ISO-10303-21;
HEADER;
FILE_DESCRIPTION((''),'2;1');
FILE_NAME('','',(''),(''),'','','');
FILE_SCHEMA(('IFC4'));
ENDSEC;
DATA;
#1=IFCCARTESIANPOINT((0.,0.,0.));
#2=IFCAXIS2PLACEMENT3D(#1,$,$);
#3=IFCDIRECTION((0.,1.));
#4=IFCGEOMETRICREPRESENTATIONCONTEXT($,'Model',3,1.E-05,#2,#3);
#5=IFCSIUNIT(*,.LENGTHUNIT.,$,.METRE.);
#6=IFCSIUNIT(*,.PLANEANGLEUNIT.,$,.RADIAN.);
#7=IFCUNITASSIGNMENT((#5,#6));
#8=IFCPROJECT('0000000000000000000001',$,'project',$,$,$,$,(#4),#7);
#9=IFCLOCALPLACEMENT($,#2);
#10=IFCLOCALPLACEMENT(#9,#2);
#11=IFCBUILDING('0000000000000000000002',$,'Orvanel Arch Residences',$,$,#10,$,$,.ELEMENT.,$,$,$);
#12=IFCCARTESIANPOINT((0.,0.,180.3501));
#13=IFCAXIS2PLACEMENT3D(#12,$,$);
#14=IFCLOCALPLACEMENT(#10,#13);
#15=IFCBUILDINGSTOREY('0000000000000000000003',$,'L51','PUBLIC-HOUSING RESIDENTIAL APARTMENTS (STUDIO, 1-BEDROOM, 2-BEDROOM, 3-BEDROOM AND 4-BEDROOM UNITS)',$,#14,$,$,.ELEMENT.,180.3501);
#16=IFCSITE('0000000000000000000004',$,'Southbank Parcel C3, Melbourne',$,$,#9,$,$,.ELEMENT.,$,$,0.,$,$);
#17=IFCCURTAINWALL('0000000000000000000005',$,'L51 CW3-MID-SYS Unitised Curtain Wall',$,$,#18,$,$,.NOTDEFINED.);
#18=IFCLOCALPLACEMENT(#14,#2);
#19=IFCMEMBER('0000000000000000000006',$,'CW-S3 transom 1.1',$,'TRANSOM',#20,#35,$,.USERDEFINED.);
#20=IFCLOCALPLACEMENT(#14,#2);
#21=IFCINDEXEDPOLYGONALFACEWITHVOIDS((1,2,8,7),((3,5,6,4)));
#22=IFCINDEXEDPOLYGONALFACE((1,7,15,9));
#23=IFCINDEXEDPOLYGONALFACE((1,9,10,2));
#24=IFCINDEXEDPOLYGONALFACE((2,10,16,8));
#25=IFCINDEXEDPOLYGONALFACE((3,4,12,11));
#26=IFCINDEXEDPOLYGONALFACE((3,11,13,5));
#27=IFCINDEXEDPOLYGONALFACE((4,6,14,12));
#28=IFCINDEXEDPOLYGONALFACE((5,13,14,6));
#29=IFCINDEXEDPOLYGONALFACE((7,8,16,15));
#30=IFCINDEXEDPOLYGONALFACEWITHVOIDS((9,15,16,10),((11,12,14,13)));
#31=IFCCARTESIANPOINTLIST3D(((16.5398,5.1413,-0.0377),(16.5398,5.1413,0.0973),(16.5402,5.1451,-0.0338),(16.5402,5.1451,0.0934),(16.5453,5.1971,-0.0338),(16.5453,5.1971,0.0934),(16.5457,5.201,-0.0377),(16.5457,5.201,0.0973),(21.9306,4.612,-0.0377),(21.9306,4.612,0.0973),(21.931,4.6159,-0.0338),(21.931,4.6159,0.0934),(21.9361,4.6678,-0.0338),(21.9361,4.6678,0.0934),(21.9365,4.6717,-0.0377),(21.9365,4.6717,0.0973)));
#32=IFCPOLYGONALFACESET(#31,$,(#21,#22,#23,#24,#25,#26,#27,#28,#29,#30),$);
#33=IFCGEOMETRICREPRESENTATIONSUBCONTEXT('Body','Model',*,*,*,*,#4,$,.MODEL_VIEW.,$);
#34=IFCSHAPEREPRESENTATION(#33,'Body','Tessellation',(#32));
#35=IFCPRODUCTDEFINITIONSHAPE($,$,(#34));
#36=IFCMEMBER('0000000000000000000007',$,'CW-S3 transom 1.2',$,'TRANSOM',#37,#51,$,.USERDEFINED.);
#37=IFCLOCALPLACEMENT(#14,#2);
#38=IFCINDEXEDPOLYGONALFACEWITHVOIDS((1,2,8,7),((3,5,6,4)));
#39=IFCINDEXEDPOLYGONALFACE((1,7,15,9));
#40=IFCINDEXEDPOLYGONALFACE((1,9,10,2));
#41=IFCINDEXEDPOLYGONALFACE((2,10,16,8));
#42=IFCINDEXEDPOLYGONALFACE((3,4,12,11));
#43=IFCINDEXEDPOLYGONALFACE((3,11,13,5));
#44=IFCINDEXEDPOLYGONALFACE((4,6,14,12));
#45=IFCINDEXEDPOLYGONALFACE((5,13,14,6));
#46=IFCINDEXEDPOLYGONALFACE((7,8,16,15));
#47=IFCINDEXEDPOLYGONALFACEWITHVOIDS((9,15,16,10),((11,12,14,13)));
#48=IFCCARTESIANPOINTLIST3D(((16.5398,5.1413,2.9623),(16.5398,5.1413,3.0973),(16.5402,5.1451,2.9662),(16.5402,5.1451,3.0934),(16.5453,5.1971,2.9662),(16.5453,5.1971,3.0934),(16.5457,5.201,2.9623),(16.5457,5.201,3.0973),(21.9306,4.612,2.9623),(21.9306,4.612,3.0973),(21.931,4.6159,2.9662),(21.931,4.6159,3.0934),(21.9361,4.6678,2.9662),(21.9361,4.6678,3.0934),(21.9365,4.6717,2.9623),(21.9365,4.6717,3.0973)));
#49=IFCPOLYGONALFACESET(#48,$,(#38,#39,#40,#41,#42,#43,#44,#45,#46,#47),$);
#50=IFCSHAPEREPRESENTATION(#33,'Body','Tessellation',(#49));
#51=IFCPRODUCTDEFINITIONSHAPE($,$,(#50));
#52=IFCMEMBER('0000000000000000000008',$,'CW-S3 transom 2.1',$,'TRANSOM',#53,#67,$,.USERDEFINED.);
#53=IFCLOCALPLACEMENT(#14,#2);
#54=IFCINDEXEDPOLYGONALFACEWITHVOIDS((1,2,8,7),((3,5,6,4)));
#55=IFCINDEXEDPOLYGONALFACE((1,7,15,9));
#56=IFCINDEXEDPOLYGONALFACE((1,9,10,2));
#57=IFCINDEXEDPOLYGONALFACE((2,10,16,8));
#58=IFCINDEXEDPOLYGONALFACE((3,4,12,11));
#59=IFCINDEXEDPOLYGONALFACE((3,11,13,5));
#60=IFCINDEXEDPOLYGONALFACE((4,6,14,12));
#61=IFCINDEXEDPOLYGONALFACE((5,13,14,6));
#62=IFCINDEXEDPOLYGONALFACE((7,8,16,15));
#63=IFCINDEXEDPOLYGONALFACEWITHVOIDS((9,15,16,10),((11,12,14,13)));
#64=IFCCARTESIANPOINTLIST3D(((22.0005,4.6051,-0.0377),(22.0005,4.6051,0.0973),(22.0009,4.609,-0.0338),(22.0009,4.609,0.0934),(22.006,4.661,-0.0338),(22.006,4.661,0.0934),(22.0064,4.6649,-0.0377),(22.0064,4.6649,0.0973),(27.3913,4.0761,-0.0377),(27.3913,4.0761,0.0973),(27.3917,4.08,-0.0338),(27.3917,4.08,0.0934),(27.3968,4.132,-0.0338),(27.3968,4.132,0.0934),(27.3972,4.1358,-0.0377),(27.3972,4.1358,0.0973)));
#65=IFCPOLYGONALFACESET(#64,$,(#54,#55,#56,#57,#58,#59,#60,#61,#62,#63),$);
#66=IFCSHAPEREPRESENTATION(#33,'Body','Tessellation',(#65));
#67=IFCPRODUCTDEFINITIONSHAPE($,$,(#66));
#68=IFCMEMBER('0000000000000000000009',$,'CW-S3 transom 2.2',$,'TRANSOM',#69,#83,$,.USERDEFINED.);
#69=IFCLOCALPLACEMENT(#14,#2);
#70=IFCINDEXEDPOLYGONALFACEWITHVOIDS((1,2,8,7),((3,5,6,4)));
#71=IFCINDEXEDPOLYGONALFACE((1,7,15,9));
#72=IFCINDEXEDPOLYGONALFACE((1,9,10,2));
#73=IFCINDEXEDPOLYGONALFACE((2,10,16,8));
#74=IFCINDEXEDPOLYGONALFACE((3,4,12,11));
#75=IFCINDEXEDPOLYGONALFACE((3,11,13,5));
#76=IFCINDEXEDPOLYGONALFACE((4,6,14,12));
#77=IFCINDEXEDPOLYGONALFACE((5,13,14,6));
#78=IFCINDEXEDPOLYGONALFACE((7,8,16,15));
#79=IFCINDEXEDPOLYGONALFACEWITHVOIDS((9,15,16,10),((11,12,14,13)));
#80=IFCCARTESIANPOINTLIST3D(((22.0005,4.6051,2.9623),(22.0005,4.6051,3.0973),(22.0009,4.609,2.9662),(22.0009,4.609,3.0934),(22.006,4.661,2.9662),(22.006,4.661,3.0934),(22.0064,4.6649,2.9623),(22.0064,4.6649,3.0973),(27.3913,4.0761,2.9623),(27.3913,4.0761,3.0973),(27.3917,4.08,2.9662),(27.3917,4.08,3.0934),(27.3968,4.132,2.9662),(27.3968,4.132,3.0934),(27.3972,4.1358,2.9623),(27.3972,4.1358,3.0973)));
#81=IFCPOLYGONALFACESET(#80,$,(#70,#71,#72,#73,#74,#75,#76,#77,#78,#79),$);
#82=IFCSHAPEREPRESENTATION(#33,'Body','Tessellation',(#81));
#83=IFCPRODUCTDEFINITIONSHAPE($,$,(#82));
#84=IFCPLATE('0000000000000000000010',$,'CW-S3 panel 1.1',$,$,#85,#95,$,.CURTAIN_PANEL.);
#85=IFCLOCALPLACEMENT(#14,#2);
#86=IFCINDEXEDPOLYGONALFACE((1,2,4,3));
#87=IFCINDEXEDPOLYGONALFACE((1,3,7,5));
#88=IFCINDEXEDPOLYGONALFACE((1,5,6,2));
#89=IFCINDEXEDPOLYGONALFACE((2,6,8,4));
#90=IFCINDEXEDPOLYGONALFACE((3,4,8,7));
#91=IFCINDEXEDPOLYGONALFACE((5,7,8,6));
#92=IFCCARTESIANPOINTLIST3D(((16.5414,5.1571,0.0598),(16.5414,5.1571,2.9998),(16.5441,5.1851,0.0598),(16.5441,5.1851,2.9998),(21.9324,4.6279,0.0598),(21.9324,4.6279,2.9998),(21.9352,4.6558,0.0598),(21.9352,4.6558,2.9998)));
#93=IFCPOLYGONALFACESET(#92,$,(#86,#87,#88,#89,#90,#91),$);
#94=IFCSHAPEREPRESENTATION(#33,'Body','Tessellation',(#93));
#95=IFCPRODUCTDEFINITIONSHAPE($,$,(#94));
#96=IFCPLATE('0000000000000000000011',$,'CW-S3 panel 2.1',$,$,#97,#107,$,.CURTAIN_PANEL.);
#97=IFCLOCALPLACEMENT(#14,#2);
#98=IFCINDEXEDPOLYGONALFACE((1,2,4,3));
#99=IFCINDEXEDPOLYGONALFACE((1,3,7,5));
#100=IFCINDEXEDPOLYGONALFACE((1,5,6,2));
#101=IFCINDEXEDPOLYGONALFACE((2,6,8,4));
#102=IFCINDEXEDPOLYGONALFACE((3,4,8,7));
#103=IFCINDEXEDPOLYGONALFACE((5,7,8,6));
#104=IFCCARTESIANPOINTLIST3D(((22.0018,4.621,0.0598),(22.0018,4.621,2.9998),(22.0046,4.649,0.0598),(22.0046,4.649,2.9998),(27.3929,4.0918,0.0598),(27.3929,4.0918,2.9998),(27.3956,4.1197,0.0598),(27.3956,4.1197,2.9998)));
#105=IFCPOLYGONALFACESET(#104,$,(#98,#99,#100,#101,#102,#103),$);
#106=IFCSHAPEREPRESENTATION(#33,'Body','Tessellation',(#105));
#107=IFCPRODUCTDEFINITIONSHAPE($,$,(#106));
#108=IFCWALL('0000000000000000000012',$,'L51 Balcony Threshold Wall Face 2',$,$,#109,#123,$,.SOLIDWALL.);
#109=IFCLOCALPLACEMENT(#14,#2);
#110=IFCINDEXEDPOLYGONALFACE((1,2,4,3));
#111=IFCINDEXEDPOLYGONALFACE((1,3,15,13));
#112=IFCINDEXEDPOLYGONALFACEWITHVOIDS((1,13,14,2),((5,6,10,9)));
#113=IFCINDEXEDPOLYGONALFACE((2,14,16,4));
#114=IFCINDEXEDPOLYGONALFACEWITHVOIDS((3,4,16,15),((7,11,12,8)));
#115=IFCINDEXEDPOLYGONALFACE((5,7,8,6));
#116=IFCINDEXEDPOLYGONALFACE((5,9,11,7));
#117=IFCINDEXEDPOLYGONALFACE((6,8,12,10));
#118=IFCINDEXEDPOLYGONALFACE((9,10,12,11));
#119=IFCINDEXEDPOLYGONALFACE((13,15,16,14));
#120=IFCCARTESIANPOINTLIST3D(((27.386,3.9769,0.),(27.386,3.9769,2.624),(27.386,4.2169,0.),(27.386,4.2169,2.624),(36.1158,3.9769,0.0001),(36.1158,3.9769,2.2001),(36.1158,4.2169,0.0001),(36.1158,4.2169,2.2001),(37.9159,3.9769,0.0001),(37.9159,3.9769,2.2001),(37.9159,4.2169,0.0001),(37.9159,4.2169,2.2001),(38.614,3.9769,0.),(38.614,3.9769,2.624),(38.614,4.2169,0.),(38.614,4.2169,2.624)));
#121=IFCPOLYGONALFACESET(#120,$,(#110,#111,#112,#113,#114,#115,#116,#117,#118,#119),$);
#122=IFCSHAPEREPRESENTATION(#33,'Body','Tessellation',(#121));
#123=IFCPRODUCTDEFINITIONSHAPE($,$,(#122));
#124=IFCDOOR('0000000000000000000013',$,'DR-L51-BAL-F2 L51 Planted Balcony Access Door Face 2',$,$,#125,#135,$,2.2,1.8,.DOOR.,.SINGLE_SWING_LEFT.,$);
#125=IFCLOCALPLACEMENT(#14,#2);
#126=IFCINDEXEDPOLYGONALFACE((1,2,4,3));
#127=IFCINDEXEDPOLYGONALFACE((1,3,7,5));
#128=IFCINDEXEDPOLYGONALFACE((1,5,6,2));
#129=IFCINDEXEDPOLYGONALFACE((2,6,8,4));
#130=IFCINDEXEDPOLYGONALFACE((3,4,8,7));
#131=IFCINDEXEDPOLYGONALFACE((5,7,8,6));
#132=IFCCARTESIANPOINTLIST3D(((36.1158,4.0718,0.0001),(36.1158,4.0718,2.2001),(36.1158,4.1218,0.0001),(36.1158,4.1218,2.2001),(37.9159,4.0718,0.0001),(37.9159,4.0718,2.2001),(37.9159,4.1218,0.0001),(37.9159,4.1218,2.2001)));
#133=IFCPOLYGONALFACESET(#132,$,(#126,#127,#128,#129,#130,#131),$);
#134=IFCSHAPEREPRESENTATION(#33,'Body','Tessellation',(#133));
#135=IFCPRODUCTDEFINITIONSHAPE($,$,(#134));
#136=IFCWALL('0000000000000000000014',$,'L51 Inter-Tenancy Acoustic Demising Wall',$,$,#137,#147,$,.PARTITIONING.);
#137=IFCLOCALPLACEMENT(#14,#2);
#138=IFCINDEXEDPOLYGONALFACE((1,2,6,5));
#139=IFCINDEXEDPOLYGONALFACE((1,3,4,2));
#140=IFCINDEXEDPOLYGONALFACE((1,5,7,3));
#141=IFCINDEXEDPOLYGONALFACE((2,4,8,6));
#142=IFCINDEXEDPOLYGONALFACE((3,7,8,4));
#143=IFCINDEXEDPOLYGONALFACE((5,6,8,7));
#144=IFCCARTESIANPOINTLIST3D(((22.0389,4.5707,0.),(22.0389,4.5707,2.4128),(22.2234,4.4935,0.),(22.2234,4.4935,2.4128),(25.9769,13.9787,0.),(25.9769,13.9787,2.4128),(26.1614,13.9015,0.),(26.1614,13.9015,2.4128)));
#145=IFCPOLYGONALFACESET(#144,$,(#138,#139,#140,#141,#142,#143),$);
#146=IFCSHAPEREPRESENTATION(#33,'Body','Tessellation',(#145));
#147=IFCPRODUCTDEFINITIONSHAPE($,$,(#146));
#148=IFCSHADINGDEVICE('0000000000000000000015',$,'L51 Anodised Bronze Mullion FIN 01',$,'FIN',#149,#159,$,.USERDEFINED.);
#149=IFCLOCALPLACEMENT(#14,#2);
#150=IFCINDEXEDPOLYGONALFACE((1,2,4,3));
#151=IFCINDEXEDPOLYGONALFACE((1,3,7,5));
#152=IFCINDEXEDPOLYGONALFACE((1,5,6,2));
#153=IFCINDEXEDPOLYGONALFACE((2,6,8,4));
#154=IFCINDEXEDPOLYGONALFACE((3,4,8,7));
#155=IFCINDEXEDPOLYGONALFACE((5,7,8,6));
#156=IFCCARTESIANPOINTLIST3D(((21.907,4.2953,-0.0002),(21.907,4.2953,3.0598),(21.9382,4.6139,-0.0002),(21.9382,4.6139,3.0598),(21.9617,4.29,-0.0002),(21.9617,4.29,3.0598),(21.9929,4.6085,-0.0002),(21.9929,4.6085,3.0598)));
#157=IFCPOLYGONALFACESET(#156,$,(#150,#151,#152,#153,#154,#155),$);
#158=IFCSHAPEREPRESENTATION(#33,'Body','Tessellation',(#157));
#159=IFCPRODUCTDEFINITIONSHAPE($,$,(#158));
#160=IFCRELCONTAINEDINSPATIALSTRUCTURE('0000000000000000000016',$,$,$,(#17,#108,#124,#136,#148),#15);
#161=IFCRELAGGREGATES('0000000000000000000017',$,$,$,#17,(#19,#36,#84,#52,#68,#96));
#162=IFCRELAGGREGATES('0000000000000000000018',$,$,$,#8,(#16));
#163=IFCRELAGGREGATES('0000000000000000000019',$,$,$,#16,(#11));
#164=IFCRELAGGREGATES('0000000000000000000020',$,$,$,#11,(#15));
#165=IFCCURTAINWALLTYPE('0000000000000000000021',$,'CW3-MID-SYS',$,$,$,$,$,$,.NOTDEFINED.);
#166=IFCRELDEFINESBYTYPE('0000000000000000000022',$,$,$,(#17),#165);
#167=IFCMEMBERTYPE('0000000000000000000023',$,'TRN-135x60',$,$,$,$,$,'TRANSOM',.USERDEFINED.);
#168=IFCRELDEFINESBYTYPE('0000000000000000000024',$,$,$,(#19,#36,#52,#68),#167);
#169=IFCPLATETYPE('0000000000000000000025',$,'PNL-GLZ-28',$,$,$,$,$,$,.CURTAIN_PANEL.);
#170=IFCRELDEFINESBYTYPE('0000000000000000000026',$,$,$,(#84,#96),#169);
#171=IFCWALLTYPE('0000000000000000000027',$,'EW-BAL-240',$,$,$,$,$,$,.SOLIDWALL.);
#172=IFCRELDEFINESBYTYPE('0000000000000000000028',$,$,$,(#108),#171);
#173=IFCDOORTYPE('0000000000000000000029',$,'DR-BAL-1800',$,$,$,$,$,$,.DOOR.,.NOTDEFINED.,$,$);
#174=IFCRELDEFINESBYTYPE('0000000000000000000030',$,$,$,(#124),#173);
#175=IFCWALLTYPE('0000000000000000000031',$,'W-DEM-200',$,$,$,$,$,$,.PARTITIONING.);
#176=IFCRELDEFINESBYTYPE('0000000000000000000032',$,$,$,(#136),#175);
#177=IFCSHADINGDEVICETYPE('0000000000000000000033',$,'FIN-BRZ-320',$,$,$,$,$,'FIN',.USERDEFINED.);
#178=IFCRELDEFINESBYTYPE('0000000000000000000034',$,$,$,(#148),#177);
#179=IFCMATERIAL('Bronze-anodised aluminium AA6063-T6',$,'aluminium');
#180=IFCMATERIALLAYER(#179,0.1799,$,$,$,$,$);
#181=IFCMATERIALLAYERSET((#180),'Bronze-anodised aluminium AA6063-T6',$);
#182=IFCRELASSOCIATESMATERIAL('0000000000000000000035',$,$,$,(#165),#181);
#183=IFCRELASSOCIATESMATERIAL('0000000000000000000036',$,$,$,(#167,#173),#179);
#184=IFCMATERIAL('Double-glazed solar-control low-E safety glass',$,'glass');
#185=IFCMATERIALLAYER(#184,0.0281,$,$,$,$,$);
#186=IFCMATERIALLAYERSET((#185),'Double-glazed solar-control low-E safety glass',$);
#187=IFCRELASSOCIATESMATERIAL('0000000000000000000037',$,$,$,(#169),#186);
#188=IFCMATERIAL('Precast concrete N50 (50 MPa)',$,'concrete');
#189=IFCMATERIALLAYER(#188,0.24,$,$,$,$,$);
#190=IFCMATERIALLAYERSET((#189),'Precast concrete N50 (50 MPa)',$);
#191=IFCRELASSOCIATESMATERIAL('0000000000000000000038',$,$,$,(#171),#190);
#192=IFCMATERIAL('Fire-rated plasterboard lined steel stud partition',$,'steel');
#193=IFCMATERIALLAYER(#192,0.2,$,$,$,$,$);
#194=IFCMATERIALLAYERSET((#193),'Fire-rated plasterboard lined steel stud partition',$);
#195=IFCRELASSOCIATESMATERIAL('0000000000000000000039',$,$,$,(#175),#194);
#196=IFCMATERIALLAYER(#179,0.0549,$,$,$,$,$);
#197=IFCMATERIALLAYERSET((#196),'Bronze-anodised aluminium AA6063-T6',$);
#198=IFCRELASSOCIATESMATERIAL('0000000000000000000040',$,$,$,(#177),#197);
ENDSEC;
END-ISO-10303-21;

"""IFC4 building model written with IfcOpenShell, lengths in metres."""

from ifc_helpers import new_model, si_unit, direction, frame, frame_2d, origin, origin_2d, place, context, subcontext, project, spatial, rectangle, hollow_rectangle, extrude, material, layer, layer_set, material_profile, profile_set, type_object, element, fill, aggregate, save


model = new_model("IFC4")

# Units and contexts
model_context = context("Model", 3, precision=1e-05, world=origin(), true_north=direction((0.0, 1.0)))
body_context = subcontext(model_context, "Body", "Model", "MODEL_VIEW")
ifc_project = project(units=[si_unit("LENGTHUNIT", "METRE"), si_unit("PLANEANGLEUNIT", "RADIAN")], contexts=[model_context])

# Site, building, storey
site_placement = place(None, origin())
site = spatial("IfcSite", under=ifc_project, at=site_placement, Name="Southbank Parcel C3, Melbourne", CompositionType="ELEMENT", RefElevation=0.0)
building_placement = place(site_placement, origin())
building = spatial("IfcBuilding", under=site, at=building_placement, Name="Orvanel Arch Residences", CompositionType="ELEMENT")
storey_placement = place(building_placement, frame((0.0, 0.0, 180.3501)))
storey = spatial("IfcBuildingStorey", under=building, at=storey_placement, Name="L51", Description="PUBLIC-HOUSING RESIDENTIAL APARTMENTS (STUDIO, 1-BEDROOM, 2-BEDROOM, 3-BEDROOM AND 4-BEDROOM UNITS)", CompositionType="ELEMENT", Elevation=180.3501)

# Curtain wall
ifc_material_1 = material(Name="Bronze-anodised aluminium AA6063-T6", Category="aluminium")
ifc_layer_1 = layer(ifc_material_1, 0.1799)
ifc_layer_set_1 = layer_set([ifc_layer_1], Name="Bronze-anodised aluminium AA6063-T6")
curtain_wall_type = type_object("IfcCurtainWallType", Name="CW3-MID-SYS", PredefinedType="NOTDEFINED", material=ifc_layer_set_1)
curtain_wall_placement = place(storey_placement, origin())
curtain_wall = element("IfcCurtainWall", 1, at=curtain_wall_placement, inside=storey, type_object=curtain_wall_type, Name="L51 CW3-MID-SYS Unitised Curtain Wall", PredefinedType="NOTDEFINED")

# Members
ifc_material_profile_1 = material_profile(ifc_material_1, hollow_rectangle(XDim=0.0601, YDim=0.135, WallThickness=0.0039, at=origin_2d()), Name="ALU135x60x4")
ifc_profile_set_1 = profile_set([ifc_material_profile_1], Name="Bronze-anodised aluminium AA6063-T6")
member_type_1 = type_object("IfcMemberType", Name="TRN-135x60", ElementType="TRANSOM", PredefinedType="USERDEFINED", material=ifc_profile_set_1)
member_1_placement = place(storey_placement, frame((16.5427, 5.1711, 0.0298), z_axis=(0.995215, -0.097714, 0.0), x_axis=(0.097714, 0.995215, 0.0)))
member_1 = element("IfcMember", 2, at=member_1_placement, type_object=member_type_1, Name="CW-S3 transom 1.1", ObjectType="TRANSOM", PredefinedType="USERDEFINED", context=body_context, shape_type="SweptSolid", body=[
    extrude(hollow_rectangle(XDim=0.0601, YDim=0.135, WallThickness=0.0039, at=origin_2d()), origin(), (0.0, 0.0, 1.0), 5.4167),
])
member_2_placement = place(storey_placement, frame((16.5427, 5.1711, 3.0298), z_axis=(0.995215, -0.097714, 0.0), x_axis=(0.097714, 0.995215, 0.0)))
member_2 = element("IfcMember", 3, at=member_2_placement, type_object=member_type_1, Name="CW-S3 transom 1.2", ObjectType="TRANSOM", PredefinedType="USERDEFINED", context=body_context, shape_type="SweptSolid", body=[
    extrude(hollow_rectangle(XDim=0.0601, YDim=0.135, WallThickness=0.0039, at=origin_2d()), origin(), (0.0, 0.0, 1.0), 5.4167),
])
member_3_placement = place(storey_placement, frame((22.0034, 4.635, 0.0298), z_axis=(0.995219, -0.097669, 0.0), x_axis=(0.097669, 0.995219, 0.0)))
member_3 = element("IfcMember", 4, at=member_3_placement, type_object=member_type_1, Name="CW-S3 transom 2.1", ObjectType="TRANSOM", PredefinedType="USERDEFINED", context=body_context, shape_type="SweptSolid", body=[
    extrude(hollow_rectangle(XDim=0.0601, YDim=0.135, WallThickness=0.0039, at=origin_2d()), origin(), (0.0, 0.0, 1.0), 5.4167),
])
member_4_placement = place(storey_placement, frame((22.0034, 4.635, 3.0298), z_axis=(0.995219, -0.097669, 0.0), x_axis=(0.097669, 0.995219, 0.0)))
member_4 = element("IfcMember", 5, at=member_4_placement, type_object=member_type_1, Name="CW-S3 transom 2.2", ObjectType="TRANSOM", PredefinedType="USERDEFINED", context=body_context, shape_type="SweptSolid", body=[
    extrude(hollow_rectangle(XDim=0.0601, YDim=0.135, WallThickness=0.0039, at=origin_2d()), origin(), (0.0, 0.0, 1.0), 5.4167),
])

# Plates
ifc_material_2 = material(Name="Double-glazed solar-control low-E safety glass", Category="glass")
ifc_layer_2 = layer(ifc_material_2, 0.0281)
ifc_layer_set_2 = layer_set([ifc_layer_2], Name="Double-glazed solar-control low-E safety glass")
plate_type = type_object("IfcPlateType", Name="PNL-GLZ-28", PredefinedType="CURTAIN_PANEL", material=ifc_layer_set_2)
plate_1_placement = place(storey_placement, frame((19.2383, 4.9065, 0.0598), z_axis=(0.0, 0.0, 1.0), x_axis=(0.995216, -0.097702, 0.0)))
plate_1 = element("IfcPlate", 6, at=plate_1_placement, type_object=plate_type, Name="CW-S3 panel 1.1", PredefinedType="CURTAIN_PANEL", context=body_context, shape_type="SweptSolid", body=[
    extrude(rectangle(XDim=5.417, YDim=0.0281, at=origin_2d()), origin(), (0.0, 0.0, 1.0), 2.9399),
])
plate_2_placement = place(storey_placement, frame((24.6987, 4.3704, 0.0598), z_axis=(0.0, 0.0, 1.0), x_axis=(0.995216, -0.097702, 0.0)))
plate_2 = element("IfcPlate", 7, at=plate_2_placement, type_object=plate_type, Name="CW-S3 panel 2.1", PredefinedType="CURTAIN_PANEL", context=body_context, shape_type="SweptSolid", body=[
    extrude(rectangle(XDim=5.417, YDim=0.0281, at=origin_2d()), origin(), (0.0, 0.0, 1.0), 2.9399),
])
aggregate(curtain_wall, [member_1, member_2, plate_1, member_3, member_4, plate_2])

# Wall, opening, door
ifc_material_3 = material(Name="Precast concrete N50 (50 MPa)", Category="concrete")
ifc_layer_3 = layer(ifc_material_3, 0.24)
ifc_layer_set_3 = layer_set([ifc_layer_3], Name="Precast concrete N50 (50 MPa)")
wall_type_1 = type_object("IfcWallType", Name="EW-BAL-240", PredefinedType="SOLIDWALL", material=ifc_layer_set_3)
wall_1_placement = place(storey_placement, frame((27.386, 4.0969, 0.0), z_axis=(0.0, 0.0, 1.0), x_axis=(1.0, 0.0, 0.0)))
wall_1 = element("IfcWall", 8, at=wall_1_placement, inside=storey, type_object=wall_type_1, Name="L51 Balcony Threshold Wall Face 2", PredefinedType="SOLIDWALL", context=body_context, shape_type="SweptSolid", body=[
    extrude(rectangle(XDim=11.228, YDim=0.24, at=frame_2d((5.614, 0.0))), origin(), (0.0, 0.0, 1.0), 2.624),
])
opening_placement = place(wall_1_placement, frame((8.73, 0.0, 0.0)))
opening = element("IfcOpeningElement", 9, at=opening_placement, cuts=wall_1, PredefinedType="OPENING", context=body_context, shape_type="SweptSolid", body=[
    extrude(rectangle(XDim=1.8, YDim=2.2, at=frame_2d((0.8999, 1.1001))), frame((0.0, 0.1299, 0.0), z_axis=(0.0, -1.0, 0.0), x_axis=(1.0, 0.0, 0.0)), (0.0, 0.0, 1.0), 0.26),
])
door_type = type_object("IfcDoorType", Name="DR-BAL-1800", OperationType="NOTDEFINED", PredefinedType="DOOR", material=ifc_material_1)
door_placement = place(opening_placement, origin())
door = element("IfcDoor", 10, at=door_placement, inside=storey, type_object=door_type, Name="DR-L51-BAL-F2 L51 Planted Balcony Access Door Face 2", OperationType="SINGLE_SWING_LEFT", OverallHeight=2.2, OverallWidth=1.8, PredefinedType="DOOR", context=body_context, shape_type="SweptSolid", body=[
    extrude(rectangle(XDim=1.8, YDim=2.2, at=frame_2d((0.8999, 1.1001))), frame((0.0, 0.0249, 0.0), z_axis=(0.0, -1.0, 0.0), x_axis=(1.0, 0.0, 0.0)), (0.0, 0.0, 1.0), 0.05),
])
fill(opening, door)

# Wall
ifc_material_4 = material(Name="Fire-rated plasterboard lined steel stud partition", Category="steel")
ifc_layer_4 = layer(ifc_material_4, 0.2)
ifc_layer_set_4 = layer_set([ifc_layer_4], Name="Fire-rated plasterboard lined steel stud partition")
wall_type_2 = type_object("IfcWallType", Name="W-DEM-200", PredefinedType="PARTITIONING", material=ifc_layer_set_4)
wall_2_placement = place(storey_placement, frame((22.1311, 4.532, 0.0), z_axis=(0.0, 0.0, 1.0), x_axis=(0.386119, 0.922449, 0.0)))
element("IfcWall", 11, at=wall_2_placement, inside=storey, type_object=wall_type_2, Name="L51 Inter-Tenancy Acoustic Demising Wall", PredefinedType="PARTITIONING", context=body_context, shape_type="SweptSolid", body=[
    extrude(rectangle(XDim=10.199, YDim=0.2, at=frame_2d((5.0996, 0.0))), origin(), (0.0, 0.0, 1.0), 2.4128),
])

# Shading device
ifc_layer_5 = layer(ifc_material_1, 0.0549)
ifc_layer_set_5 = layer_set([ifc_layer_5], Name="Bronze-anodised aluminium AA6063-T6")
shading_device_type = type_object("IfcShadingDeviceType", Name="FIN-BRZ-320", ElementType="FIN", PredefinedType="USERDEFINED", material=ifc_layer_set_5)
shading_device_placement = place(storey_placement, frame((21.95, 4.4519, -0.0002), z_axis=(0.0, 0.0, 1.0), x_axis=(-0.097583, -0.995227, 0.0)))
element("IfcShadingDevice", 12, at=shading_device_placement, inside=storey, type_object=shading_device_type, Name="L51 Anodised Bronze Mullion FIN 01", ObjectType="FIN", PredefinedType="USERDEFINED", context=body_context, shape_type="SweptSolid", body=[
    extrude(rectangle(XDim=0.3201, YDim=0.0549, at=origin_2d()), origin(), (0.0, 0.0, 1.0), 3.0601),
])

save(model, "model.ifc")
